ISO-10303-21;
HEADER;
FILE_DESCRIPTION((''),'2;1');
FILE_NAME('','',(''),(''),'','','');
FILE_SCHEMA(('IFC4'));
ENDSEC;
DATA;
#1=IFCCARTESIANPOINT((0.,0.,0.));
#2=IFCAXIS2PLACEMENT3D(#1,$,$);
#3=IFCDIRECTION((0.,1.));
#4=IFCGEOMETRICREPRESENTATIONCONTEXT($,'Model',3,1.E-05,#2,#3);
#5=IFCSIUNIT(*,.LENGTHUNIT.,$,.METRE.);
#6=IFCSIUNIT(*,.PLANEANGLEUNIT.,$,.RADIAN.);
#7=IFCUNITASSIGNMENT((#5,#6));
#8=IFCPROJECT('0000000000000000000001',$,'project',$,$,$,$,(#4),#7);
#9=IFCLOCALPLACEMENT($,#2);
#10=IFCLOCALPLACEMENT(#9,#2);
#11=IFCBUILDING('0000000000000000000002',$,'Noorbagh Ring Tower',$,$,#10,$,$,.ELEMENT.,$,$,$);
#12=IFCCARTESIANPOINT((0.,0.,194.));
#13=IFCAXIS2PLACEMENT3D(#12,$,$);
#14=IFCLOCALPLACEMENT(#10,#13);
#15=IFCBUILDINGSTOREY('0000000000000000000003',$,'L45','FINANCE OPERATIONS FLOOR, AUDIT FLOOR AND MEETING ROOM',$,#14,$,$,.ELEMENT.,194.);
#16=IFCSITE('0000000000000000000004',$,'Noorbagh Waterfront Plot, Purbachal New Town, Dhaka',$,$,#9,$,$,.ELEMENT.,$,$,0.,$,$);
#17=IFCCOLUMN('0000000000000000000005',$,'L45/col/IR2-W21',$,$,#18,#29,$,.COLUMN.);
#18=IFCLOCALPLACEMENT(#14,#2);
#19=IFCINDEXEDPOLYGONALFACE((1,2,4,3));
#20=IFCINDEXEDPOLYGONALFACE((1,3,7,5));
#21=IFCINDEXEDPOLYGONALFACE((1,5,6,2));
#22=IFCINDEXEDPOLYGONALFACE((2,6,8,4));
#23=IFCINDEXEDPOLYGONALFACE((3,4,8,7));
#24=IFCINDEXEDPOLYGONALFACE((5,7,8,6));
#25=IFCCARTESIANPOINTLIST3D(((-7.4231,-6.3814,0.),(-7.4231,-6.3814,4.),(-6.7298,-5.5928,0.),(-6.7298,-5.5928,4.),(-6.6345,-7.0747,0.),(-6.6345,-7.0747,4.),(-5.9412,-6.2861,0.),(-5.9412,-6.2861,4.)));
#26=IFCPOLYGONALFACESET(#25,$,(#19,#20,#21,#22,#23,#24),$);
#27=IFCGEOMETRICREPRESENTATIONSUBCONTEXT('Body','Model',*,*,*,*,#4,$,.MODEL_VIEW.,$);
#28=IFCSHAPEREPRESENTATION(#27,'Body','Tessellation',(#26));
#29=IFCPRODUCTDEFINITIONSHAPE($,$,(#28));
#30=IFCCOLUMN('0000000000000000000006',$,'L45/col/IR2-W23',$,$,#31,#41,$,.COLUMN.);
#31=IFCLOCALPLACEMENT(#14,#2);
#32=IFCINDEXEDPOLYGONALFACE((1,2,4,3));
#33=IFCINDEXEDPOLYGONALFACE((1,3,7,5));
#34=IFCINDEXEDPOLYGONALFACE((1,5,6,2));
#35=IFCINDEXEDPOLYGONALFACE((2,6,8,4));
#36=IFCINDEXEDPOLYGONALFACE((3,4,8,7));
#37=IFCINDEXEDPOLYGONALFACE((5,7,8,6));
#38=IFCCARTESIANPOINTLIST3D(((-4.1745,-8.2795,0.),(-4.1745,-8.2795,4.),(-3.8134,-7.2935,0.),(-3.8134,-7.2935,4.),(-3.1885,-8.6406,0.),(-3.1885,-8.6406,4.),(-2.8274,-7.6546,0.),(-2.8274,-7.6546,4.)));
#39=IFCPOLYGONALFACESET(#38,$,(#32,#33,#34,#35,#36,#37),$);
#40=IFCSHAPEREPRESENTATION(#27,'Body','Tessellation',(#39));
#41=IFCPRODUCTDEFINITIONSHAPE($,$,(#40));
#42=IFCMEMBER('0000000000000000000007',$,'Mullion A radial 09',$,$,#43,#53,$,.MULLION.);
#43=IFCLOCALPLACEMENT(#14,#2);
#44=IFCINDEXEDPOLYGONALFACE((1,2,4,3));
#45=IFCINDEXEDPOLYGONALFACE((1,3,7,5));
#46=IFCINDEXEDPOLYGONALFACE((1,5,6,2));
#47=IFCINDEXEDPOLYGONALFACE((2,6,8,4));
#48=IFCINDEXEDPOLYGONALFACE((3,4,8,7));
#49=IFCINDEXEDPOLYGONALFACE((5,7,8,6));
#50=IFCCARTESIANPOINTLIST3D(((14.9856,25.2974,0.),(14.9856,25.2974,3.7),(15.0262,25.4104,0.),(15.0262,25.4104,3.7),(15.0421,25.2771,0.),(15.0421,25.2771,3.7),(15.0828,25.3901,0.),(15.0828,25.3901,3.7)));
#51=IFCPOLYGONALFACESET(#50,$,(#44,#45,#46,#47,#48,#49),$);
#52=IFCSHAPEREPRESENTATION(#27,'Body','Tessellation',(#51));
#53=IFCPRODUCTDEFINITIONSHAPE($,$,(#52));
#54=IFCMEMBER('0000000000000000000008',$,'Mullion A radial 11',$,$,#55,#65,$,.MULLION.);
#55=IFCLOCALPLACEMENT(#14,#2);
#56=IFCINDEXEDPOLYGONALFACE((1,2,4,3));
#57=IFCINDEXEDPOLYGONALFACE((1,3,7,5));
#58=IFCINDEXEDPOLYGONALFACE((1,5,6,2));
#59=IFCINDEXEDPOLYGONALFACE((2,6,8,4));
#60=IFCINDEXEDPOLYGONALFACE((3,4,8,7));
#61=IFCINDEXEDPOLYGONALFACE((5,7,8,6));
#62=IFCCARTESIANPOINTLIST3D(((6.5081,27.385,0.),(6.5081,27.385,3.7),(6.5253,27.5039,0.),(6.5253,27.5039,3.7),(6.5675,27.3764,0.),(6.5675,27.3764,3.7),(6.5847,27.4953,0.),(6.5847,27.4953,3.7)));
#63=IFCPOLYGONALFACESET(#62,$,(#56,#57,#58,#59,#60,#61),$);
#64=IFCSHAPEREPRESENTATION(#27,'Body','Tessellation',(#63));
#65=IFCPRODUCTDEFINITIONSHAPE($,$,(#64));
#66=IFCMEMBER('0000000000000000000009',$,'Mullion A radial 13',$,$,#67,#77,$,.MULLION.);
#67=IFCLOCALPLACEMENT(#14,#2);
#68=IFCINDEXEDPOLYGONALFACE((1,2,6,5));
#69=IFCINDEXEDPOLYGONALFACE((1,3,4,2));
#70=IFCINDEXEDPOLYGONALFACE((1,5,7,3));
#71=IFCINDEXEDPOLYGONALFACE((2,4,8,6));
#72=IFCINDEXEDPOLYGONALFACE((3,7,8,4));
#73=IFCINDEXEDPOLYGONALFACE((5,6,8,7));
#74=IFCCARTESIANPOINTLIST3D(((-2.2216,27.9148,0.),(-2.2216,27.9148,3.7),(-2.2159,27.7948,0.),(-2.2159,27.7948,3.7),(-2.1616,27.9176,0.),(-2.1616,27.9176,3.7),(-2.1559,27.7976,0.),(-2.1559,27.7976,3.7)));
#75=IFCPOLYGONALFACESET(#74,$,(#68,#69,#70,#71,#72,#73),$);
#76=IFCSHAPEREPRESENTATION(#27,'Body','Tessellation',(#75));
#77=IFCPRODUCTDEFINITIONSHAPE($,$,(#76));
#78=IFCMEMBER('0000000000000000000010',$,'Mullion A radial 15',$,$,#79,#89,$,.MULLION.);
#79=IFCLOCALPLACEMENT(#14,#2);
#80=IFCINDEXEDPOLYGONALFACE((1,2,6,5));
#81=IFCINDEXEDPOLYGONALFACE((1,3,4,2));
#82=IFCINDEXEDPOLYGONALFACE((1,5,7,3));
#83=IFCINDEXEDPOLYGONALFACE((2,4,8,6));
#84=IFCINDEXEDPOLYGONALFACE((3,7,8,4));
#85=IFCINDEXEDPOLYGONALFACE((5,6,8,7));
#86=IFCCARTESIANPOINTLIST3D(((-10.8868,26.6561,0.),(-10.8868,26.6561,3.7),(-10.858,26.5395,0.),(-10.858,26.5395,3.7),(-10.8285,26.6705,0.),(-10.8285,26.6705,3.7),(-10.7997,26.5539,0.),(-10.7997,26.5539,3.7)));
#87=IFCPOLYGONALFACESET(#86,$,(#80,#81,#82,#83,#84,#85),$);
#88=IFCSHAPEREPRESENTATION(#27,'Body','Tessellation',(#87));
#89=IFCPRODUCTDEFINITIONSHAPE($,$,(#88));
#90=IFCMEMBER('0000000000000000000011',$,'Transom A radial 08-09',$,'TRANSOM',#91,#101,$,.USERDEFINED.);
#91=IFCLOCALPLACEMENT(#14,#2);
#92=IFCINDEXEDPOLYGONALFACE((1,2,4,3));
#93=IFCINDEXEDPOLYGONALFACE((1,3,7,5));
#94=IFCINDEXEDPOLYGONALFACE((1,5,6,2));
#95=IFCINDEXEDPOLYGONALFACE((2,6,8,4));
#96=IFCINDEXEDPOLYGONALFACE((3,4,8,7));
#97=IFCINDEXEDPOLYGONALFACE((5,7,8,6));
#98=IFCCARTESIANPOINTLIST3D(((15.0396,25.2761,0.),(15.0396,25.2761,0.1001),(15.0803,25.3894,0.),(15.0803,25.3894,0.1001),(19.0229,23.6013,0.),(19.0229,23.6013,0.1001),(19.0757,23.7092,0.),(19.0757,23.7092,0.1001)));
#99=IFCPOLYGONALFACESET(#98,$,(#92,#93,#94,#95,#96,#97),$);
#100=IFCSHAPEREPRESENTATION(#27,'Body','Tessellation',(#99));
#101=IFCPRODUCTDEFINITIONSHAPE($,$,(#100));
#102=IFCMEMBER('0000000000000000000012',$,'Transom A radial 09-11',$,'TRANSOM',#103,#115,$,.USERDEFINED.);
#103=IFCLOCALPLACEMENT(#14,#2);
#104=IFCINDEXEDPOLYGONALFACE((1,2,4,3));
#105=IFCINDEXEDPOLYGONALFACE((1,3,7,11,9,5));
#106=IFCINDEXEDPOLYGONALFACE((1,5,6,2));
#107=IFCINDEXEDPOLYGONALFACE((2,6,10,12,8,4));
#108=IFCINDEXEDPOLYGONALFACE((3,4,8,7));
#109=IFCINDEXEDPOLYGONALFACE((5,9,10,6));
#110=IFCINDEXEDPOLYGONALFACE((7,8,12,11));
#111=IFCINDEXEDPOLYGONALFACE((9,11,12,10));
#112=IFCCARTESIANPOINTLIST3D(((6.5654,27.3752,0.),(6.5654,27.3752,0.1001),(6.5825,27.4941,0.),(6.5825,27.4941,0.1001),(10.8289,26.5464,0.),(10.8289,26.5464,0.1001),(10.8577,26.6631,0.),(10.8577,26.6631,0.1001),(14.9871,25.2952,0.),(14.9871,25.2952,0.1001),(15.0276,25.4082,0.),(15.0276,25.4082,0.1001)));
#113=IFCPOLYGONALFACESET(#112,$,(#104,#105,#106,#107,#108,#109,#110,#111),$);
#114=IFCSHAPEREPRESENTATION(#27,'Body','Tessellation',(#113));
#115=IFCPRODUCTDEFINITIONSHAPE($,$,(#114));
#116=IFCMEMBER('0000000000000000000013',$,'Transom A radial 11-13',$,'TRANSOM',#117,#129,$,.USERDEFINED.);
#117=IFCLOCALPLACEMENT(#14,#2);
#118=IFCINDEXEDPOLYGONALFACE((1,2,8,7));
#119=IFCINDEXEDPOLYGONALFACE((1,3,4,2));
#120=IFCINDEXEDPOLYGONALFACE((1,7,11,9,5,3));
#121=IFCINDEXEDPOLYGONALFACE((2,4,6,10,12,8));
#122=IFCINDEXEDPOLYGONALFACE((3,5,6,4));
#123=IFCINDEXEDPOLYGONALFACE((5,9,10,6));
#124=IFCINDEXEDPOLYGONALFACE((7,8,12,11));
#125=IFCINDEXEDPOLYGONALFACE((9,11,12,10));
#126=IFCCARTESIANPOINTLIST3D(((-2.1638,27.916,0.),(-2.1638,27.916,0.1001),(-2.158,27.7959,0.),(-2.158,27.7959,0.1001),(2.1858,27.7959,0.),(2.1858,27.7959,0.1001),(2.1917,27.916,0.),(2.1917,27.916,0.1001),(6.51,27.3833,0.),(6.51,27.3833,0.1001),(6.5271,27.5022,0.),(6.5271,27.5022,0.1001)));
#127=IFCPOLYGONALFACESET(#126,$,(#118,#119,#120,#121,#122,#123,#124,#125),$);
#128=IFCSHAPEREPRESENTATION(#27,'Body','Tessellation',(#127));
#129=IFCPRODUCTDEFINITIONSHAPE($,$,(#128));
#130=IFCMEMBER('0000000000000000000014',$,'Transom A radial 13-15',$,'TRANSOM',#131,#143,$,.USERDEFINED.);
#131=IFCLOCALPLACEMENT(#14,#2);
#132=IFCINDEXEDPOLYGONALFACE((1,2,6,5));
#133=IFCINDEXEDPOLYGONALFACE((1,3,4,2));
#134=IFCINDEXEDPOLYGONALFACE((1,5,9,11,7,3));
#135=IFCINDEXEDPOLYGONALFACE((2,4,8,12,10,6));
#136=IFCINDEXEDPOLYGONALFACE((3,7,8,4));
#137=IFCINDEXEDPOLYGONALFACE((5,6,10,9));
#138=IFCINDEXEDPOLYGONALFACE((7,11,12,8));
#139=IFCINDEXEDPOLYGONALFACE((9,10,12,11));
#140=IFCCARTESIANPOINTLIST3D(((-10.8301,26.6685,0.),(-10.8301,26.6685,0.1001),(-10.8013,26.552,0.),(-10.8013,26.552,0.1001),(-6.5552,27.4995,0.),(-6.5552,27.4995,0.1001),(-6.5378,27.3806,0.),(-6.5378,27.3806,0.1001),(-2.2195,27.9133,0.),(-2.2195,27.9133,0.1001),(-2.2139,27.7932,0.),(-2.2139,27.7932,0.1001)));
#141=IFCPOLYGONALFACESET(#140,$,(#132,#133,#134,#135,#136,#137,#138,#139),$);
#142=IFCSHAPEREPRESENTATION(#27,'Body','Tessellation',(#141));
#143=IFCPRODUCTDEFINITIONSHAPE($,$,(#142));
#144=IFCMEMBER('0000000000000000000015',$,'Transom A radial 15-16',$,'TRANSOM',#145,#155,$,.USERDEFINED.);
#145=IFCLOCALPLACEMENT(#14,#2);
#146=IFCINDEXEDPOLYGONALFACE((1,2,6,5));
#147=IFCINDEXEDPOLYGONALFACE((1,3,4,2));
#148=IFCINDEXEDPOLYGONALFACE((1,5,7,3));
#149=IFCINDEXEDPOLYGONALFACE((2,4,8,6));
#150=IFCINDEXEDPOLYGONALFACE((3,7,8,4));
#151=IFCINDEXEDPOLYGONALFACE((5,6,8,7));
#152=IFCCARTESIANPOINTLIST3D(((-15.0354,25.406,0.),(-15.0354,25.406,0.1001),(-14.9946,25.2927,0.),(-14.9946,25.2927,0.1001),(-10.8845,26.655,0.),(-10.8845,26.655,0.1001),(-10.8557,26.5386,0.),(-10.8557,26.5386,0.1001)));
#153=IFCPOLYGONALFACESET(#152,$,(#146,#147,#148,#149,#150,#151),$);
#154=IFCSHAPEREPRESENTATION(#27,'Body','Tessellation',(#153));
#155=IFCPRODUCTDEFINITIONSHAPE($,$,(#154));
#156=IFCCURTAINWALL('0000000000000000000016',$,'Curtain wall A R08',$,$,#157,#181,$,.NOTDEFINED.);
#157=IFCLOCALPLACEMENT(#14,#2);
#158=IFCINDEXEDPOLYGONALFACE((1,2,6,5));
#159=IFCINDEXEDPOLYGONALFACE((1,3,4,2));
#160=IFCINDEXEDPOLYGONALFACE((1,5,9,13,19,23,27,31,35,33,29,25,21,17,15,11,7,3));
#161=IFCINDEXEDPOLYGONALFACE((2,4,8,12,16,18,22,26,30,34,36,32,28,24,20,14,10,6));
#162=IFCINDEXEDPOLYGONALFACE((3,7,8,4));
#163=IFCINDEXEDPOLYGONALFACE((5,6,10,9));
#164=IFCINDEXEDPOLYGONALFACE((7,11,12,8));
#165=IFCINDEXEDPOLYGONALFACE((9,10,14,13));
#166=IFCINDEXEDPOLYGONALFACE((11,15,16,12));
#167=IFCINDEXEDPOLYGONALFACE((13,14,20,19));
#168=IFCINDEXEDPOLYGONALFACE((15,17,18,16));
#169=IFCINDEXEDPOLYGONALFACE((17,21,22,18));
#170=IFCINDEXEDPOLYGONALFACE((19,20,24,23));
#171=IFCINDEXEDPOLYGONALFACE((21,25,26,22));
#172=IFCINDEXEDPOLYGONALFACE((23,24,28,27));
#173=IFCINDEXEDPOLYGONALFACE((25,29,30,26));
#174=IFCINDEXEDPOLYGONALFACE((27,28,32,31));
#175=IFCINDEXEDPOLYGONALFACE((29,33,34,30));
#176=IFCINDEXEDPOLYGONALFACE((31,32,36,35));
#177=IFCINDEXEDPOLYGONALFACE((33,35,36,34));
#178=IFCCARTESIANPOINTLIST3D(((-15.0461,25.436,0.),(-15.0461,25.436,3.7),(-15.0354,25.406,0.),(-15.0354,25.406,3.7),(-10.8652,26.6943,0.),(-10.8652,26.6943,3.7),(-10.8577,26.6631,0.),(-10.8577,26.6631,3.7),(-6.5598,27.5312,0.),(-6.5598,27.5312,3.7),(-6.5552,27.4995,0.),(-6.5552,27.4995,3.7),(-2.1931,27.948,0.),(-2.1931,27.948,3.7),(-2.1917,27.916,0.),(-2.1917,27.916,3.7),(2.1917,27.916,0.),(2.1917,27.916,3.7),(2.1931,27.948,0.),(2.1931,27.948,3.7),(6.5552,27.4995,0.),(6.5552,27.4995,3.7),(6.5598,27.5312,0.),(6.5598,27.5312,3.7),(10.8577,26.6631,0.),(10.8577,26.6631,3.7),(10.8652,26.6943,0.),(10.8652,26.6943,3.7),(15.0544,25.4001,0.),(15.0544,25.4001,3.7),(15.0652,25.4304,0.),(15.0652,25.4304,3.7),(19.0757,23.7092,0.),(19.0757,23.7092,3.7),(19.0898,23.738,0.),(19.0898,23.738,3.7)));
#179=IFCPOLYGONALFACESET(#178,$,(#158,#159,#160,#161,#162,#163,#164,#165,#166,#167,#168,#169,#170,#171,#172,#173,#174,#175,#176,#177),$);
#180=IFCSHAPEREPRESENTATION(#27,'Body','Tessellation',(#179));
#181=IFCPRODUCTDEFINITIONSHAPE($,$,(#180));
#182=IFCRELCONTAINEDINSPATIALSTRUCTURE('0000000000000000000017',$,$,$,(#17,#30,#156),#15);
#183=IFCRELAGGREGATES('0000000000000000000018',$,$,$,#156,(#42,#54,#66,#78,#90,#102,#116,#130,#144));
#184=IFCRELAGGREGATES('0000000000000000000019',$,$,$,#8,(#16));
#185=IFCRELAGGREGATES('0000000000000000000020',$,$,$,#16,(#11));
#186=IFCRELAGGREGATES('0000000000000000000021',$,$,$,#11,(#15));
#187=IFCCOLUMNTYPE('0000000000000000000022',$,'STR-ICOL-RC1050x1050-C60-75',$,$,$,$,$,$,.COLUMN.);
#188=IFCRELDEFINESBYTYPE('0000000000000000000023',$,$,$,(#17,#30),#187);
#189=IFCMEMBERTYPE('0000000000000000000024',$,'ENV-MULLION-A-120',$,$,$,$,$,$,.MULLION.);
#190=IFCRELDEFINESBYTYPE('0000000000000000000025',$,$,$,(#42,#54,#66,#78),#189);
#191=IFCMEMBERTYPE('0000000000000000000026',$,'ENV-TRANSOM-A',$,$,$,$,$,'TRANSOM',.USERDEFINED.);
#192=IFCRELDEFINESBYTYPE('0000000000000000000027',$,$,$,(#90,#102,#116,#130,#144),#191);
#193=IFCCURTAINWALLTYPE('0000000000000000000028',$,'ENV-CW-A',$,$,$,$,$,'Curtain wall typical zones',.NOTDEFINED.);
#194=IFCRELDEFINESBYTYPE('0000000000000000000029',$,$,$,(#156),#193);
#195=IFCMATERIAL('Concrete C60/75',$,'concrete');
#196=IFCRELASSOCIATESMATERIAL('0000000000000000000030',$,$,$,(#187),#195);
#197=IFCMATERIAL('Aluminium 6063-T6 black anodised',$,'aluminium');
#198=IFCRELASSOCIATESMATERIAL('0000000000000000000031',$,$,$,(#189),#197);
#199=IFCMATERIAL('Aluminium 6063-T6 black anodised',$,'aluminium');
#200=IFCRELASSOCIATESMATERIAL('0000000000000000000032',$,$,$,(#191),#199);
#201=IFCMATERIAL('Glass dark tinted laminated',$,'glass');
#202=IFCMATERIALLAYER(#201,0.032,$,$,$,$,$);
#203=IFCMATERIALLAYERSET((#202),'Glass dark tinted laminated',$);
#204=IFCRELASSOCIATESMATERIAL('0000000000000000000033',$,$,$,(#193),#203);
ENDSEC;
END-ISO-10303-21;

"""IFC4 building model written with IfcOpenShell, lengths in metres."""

from ifc_helpers import new_model, si_unit, direction, frame, origin, origin_2d, place, context, subcontext, project, spatial, polyline, rectangle, outline, extrude, material, layer, layer_set, material_profile, profile_set, type_object, element, aggregate, save


model = new_model("IFC4")

# Units and contexts
model_context = context("Model", 3, precision=1e-05, world=origin(), true_north=direction((0.0, 1.0)))
body_context = subcontext(model_context, "Body", "Model", "MODEL_VIEW")
ifc_project = project(units=[si_unit("LENGTHUNIT", "METRE"), si_unit("PLANEANGLEUNIT", "RADIAN")], contexts=[model_context])

# Site, building, storey
site_placement = place(None, origin())
site = spatial("IfcSite", under=ifc_project, at=site_placement, Name="Noorbagh Waterfront Plot, Purbachal New Town, Dhaka", CompositionType="ELEMENT", RefElevation=0.0)
building_placement = place(site_placement, origin())
building = spatial("IfcBuilding", under=site, at=building_placement, Name="Noorbagh Ring Tower", CompositionType="ELEMENT")
storey_placement = place(building_placement, frame((0.0, 0.0, 194.0)))
storey = spatial("IfcBuildingStorey", under=building, at=storey_placement, Name="L45", Description="FINANCE OPERATIONS FLOOR, AUDIT FLOOR AND MEETING ROOM", CompositionType="ELEMENT", Elevation=194.0)

# Columns
ifc_material_1 = material(Name="Concrete C60/75", Category="concrete")
ifc_material_profile_1 = material_profile(ifc_material_1, rectangle(XDim=1.05, YDim=1.05, at=origin_2d()), Name="RC1050x1050")
ifc_profile_set_1 = profile_set([ifc_material_profile_1], Name="Concrete C60/75")
column_type = type_object("IfcColumnType", Name="STR-ICOL-RC1050x1050-C60-75", PredefinedType="COLUMN", material=ifc_profile_set_1)
for number, where, z_axis, x_axis, name in (
    (1, (-6.6821, -6.3337, 0.0), (0.0, 0.0, 1.0), (0.751022, -0.660277, 0.0), "L45/col/IR2-W21"),
    (2, (-3.501, -7.967, 0.0), (0.0, 0.0, 1.0), (0.93902, -0.343864, 0.0), "L45/col/IR2-W23"),
):
    element("IfcColumn", number, at=place(storey_placement, frame(where, z_axis=z_axis, x_axis=x_axis)), inside=storey, type_object=column_type, Name=name, PredefinedType="COLUMN", context=body_context, shape_type="SweptSolid", body=[
        extrude(rectangle(XDim=1.05, YDim=1.05, at=origin_2d()), origin(), (0.0, 0.0, 1.0), 4.0),
    ])

# Members
ifc_material_2 = material(Name="Aluminium 6063-T6 black anodised", Category="aluminium")
ifc_material_profile_2 = material_profile(ifc_material_2, rectangle(XDim=0.1201, YDim=0.0601, at=origin_2d()), Name="120x60")
ifc_profile_set_2 = profile_set([ifc_material_profile_2], Name="Aluminium 6063-T6 black anodised")
member_type_1 = type_object("IfcMemberType", Name="ENV-MULLION-A-120", PredefinedType="MULLION", material=ifc_profile_set_2)
member_1_placement = place(storey_placement, frame((15.0342, 25.3438, 0.0), z_axis=(0.0, 0.0, 1.0), x_axis=(-0.338379, -0.94101, 0.0)))
member_1 = element("IfcMember", 3, at=member_1_placement, type_object=member_type_1, Name="Mullion A radial 09", PredefinedType="MULLION", context=body_context, shape_type="SweptSolid", body=[
    extrude(rectangle(XDim=0.1201, YDim=0.0601, at=origin_2d()), origin(), (0.0, 0.0, 1.0), 3.7),
])
member_2_placement = place(storey_placement, frame((6.5464, 27.4402, 0.0), z_axis=(0.0, 0.0, 1.0), x_axis=(-0.143082, -0.989711, 0.0)))
member_2 = element("IfcMember", 4, at=member_2_placement, type_object=member_type_1, Name="Mullion A radial 11", PredefinedType="MULLION", context=body_context, shape_type="SweptSolid", body=[
    extrude(rectangle(XDim=0.1201, YDim=0.0601, at=origin_2d()), origin(), (0.0, 0.0, 1.0), 3.7),
])
member_3_placement = place(storey_placement, frame((-2.1887, 27.8562, 0.0), z_axis=(0.0, 0.0, 1.0), x_axis=(0.047558, -0.998868, 0.0)))
member_3 = element("IfcMember", 5, at=member_3_placement, type_object=member_type_1, Name="Mullion A radial 13", PredefinedType="MULLION", context=body_context, shape_type="SweptSolid", body=[
    extrude(rectangle(XDim=0.1201, YDim=0.0601, at=origin_2d()), origin(), (0.0, 0.0, 1.0), 3.7),
])
member_4_placement = place(storey_placement, frame((-10.8433, 26.605, 0.0), z_axis=(0.0, 0.0, 1.0), x_axis=(0.239799, -0.970823, 0.0)))
member_4 = element("IfcMember", 6, at=member_4_placement, type_object=member_type_1, Name="Mullion A radial 15", PredefinedType="MULLION", context=body_context, shape_type="SweptSolid", body=[
    extrude(rectangle(XDim=0.1201, YDim=0.0601, at=origin_2d()), origin(), (0.0, 0.0, 1.0), 3.7),
])
ifc_material_3 = material(Name="Aluminium 6063-T6 black anodised", Category="aluminium")
member_type_2 = type_object("IfcMemberType", Name="ENV-TRANSOM-A", ElementType="TRANSOM", PredefinedType="USERDEFINED", material=ifc_material_3)
member_5_placement = place(storey_placement, origin())
member_5 = element("IfcMember", 7, at=member_5_placement, type_object=member_type_2, Name="Transom A radial 08-09", ObjectType="TRANSOM", PredefinedType="USERDEFINED", context=body_context, shape_type="SweptSolid", body=[
    extrude(outline(polyline([(19.0757, 23.7092), (15.0803, 25.3894), (15.0396, 25.2761), (19.0229, 23.6013), (19.0757, 23.7092)])), origin(), (0.0, 0.0, 1.0), 0.1001),
])
member_6_placement = place(storey_placement, origin())
member_6 = element("IfcMember", 8, at=member_6_placement, type_object=member_type_2, Name="Transom A radial 09-11", ObjectType="TRANSOM", PredefinedType="USERDEFINED", context=body_context, shape_type="SweptSolid", body=[
    extrude(outline(polyline([(15.0276, 25.4082), (10.8577, 26.6631), (6.5825, 27.4941), (6.5654, 27.3752), (10.8289, 26.5464), (14.9871, 25.2952), (15.0276, 25.4082)])), origin(), (0.0, 0.0, 1.0), 0.1001),
])
member_7_placement = place(storey_placement, origin())
member_7 = element("IfcMember", 9, at=member_7_placement, type_object=member_type_2, Name="Transom A radial 11-13", ObjectType="TRANSOM", PredefinedType="USERDEFINED", context=body_context, shape_type="SweptSolid", body=[
    extrude(outline(polyline([(6.5271, 27.5022), (2.1917, 27.916), (-2.1638, 27.916), (-2.158, 27.7959), (2.1858, 27.7959), (6.51, 27.3833), (6.5271, 27.5022)])), origin(), (0.0, 0.0, 1.0), 0.1001),
])
member_8_placement = place(storey_placement, origin())
member_8 = element("IfcMember", 10, at=member_8_placement, type_object=member_type_2, Name="Transom A radial 13-15", ObjectType="TRANSOM", PredefinedType="USERDEFINED", context=body_context, shape_type="SweptSolid", body=[
    extrude(outline(polyline([(-2.2195, 27.9133), (-6.5552, 27.4995), (-10.8301, 26.6685), (-10.8013, 26.552), (-6.5378, 27.3806), (-2.2139, 27.7932), (-2.2195, 27.9133)])), origin(), (0.0, 0.0, 1.0), 0.1001),
])
member_9_placement = place(storey_placement, origin())
member_9 = element("IfcMember", 11, at=member_9_placement, type_object=member_type_2, Name="Transom A radial 15-16", ObjectType="TRANSOM", PredefinedType="USERDEFINED", context=body_context, shape_type="SweptSolid", body=[
    extrude(outline(polyline([(-10.8845, 26.655), (-15.0354, 25.406), (-14.9946, 25.2927), (-10.8557, 26.5386), (-10.8845, 26.655)])), origin(), (0.0, 0.0, 1.0), 0.1001),
])

# Curtain wall
ifc_material_4 = material(Name="Glass dark tinted laminated", Category="glass")
ifc_layer_1 = layer(ifc_material_4, 0.032)
ifc_layer_set_1 = layer_set([ifc_layer_1], Name="Glass dark tinted laminated")
curtain_wall_type = type_object("IfcCurtainWallType", Name="ENV-CW-A", ElementType="Curtain wall typical zones", PredefinedType="NOTDEFINED", material=ifc_layer_set_1)
curtain_wall_1_placement = place(storey_placement, origin())
curtain_wall_1 = element("IfcCurtainWall", 12, at=curtain_wall_1_placement, inside=storey, type_object=curtain_wall_type, Name="Curtain wall A R08", PredefinedType="NOTDEFINED", context=body_context, shape_type="SweptSolid", body=[
    extrude(outline(polyline([(19.0898, 23.738), (15.0652, 25.4304), (10.8652, 26.6943), (6.5598, 27.5312), (2.1931, 27.948), (-2.1931, 27.948), (-6.5598, 27.5312), (-10.8652, 26.6943), (-15.0461, 25.436), (-15.0354, 25.406), (-10.8577, 26.6631), (-6.5552, 27.4995), (-2.1917, 27.916), (2.1917, 27.916), (6.5552, 27.4995), (10.8577, 26.6631), (15.0544, 25.4001), (19.0757, 23.7092), (19.0898, 23.738)])), origin(), (0.0, 0.0, 1.0), 3.7),
])
aggregate(curtain_wall_1, [member_1, member_2, member_3, member_4, member_5, member_6, member_7, member_8, member_9])

save(model, "model.ifc")
